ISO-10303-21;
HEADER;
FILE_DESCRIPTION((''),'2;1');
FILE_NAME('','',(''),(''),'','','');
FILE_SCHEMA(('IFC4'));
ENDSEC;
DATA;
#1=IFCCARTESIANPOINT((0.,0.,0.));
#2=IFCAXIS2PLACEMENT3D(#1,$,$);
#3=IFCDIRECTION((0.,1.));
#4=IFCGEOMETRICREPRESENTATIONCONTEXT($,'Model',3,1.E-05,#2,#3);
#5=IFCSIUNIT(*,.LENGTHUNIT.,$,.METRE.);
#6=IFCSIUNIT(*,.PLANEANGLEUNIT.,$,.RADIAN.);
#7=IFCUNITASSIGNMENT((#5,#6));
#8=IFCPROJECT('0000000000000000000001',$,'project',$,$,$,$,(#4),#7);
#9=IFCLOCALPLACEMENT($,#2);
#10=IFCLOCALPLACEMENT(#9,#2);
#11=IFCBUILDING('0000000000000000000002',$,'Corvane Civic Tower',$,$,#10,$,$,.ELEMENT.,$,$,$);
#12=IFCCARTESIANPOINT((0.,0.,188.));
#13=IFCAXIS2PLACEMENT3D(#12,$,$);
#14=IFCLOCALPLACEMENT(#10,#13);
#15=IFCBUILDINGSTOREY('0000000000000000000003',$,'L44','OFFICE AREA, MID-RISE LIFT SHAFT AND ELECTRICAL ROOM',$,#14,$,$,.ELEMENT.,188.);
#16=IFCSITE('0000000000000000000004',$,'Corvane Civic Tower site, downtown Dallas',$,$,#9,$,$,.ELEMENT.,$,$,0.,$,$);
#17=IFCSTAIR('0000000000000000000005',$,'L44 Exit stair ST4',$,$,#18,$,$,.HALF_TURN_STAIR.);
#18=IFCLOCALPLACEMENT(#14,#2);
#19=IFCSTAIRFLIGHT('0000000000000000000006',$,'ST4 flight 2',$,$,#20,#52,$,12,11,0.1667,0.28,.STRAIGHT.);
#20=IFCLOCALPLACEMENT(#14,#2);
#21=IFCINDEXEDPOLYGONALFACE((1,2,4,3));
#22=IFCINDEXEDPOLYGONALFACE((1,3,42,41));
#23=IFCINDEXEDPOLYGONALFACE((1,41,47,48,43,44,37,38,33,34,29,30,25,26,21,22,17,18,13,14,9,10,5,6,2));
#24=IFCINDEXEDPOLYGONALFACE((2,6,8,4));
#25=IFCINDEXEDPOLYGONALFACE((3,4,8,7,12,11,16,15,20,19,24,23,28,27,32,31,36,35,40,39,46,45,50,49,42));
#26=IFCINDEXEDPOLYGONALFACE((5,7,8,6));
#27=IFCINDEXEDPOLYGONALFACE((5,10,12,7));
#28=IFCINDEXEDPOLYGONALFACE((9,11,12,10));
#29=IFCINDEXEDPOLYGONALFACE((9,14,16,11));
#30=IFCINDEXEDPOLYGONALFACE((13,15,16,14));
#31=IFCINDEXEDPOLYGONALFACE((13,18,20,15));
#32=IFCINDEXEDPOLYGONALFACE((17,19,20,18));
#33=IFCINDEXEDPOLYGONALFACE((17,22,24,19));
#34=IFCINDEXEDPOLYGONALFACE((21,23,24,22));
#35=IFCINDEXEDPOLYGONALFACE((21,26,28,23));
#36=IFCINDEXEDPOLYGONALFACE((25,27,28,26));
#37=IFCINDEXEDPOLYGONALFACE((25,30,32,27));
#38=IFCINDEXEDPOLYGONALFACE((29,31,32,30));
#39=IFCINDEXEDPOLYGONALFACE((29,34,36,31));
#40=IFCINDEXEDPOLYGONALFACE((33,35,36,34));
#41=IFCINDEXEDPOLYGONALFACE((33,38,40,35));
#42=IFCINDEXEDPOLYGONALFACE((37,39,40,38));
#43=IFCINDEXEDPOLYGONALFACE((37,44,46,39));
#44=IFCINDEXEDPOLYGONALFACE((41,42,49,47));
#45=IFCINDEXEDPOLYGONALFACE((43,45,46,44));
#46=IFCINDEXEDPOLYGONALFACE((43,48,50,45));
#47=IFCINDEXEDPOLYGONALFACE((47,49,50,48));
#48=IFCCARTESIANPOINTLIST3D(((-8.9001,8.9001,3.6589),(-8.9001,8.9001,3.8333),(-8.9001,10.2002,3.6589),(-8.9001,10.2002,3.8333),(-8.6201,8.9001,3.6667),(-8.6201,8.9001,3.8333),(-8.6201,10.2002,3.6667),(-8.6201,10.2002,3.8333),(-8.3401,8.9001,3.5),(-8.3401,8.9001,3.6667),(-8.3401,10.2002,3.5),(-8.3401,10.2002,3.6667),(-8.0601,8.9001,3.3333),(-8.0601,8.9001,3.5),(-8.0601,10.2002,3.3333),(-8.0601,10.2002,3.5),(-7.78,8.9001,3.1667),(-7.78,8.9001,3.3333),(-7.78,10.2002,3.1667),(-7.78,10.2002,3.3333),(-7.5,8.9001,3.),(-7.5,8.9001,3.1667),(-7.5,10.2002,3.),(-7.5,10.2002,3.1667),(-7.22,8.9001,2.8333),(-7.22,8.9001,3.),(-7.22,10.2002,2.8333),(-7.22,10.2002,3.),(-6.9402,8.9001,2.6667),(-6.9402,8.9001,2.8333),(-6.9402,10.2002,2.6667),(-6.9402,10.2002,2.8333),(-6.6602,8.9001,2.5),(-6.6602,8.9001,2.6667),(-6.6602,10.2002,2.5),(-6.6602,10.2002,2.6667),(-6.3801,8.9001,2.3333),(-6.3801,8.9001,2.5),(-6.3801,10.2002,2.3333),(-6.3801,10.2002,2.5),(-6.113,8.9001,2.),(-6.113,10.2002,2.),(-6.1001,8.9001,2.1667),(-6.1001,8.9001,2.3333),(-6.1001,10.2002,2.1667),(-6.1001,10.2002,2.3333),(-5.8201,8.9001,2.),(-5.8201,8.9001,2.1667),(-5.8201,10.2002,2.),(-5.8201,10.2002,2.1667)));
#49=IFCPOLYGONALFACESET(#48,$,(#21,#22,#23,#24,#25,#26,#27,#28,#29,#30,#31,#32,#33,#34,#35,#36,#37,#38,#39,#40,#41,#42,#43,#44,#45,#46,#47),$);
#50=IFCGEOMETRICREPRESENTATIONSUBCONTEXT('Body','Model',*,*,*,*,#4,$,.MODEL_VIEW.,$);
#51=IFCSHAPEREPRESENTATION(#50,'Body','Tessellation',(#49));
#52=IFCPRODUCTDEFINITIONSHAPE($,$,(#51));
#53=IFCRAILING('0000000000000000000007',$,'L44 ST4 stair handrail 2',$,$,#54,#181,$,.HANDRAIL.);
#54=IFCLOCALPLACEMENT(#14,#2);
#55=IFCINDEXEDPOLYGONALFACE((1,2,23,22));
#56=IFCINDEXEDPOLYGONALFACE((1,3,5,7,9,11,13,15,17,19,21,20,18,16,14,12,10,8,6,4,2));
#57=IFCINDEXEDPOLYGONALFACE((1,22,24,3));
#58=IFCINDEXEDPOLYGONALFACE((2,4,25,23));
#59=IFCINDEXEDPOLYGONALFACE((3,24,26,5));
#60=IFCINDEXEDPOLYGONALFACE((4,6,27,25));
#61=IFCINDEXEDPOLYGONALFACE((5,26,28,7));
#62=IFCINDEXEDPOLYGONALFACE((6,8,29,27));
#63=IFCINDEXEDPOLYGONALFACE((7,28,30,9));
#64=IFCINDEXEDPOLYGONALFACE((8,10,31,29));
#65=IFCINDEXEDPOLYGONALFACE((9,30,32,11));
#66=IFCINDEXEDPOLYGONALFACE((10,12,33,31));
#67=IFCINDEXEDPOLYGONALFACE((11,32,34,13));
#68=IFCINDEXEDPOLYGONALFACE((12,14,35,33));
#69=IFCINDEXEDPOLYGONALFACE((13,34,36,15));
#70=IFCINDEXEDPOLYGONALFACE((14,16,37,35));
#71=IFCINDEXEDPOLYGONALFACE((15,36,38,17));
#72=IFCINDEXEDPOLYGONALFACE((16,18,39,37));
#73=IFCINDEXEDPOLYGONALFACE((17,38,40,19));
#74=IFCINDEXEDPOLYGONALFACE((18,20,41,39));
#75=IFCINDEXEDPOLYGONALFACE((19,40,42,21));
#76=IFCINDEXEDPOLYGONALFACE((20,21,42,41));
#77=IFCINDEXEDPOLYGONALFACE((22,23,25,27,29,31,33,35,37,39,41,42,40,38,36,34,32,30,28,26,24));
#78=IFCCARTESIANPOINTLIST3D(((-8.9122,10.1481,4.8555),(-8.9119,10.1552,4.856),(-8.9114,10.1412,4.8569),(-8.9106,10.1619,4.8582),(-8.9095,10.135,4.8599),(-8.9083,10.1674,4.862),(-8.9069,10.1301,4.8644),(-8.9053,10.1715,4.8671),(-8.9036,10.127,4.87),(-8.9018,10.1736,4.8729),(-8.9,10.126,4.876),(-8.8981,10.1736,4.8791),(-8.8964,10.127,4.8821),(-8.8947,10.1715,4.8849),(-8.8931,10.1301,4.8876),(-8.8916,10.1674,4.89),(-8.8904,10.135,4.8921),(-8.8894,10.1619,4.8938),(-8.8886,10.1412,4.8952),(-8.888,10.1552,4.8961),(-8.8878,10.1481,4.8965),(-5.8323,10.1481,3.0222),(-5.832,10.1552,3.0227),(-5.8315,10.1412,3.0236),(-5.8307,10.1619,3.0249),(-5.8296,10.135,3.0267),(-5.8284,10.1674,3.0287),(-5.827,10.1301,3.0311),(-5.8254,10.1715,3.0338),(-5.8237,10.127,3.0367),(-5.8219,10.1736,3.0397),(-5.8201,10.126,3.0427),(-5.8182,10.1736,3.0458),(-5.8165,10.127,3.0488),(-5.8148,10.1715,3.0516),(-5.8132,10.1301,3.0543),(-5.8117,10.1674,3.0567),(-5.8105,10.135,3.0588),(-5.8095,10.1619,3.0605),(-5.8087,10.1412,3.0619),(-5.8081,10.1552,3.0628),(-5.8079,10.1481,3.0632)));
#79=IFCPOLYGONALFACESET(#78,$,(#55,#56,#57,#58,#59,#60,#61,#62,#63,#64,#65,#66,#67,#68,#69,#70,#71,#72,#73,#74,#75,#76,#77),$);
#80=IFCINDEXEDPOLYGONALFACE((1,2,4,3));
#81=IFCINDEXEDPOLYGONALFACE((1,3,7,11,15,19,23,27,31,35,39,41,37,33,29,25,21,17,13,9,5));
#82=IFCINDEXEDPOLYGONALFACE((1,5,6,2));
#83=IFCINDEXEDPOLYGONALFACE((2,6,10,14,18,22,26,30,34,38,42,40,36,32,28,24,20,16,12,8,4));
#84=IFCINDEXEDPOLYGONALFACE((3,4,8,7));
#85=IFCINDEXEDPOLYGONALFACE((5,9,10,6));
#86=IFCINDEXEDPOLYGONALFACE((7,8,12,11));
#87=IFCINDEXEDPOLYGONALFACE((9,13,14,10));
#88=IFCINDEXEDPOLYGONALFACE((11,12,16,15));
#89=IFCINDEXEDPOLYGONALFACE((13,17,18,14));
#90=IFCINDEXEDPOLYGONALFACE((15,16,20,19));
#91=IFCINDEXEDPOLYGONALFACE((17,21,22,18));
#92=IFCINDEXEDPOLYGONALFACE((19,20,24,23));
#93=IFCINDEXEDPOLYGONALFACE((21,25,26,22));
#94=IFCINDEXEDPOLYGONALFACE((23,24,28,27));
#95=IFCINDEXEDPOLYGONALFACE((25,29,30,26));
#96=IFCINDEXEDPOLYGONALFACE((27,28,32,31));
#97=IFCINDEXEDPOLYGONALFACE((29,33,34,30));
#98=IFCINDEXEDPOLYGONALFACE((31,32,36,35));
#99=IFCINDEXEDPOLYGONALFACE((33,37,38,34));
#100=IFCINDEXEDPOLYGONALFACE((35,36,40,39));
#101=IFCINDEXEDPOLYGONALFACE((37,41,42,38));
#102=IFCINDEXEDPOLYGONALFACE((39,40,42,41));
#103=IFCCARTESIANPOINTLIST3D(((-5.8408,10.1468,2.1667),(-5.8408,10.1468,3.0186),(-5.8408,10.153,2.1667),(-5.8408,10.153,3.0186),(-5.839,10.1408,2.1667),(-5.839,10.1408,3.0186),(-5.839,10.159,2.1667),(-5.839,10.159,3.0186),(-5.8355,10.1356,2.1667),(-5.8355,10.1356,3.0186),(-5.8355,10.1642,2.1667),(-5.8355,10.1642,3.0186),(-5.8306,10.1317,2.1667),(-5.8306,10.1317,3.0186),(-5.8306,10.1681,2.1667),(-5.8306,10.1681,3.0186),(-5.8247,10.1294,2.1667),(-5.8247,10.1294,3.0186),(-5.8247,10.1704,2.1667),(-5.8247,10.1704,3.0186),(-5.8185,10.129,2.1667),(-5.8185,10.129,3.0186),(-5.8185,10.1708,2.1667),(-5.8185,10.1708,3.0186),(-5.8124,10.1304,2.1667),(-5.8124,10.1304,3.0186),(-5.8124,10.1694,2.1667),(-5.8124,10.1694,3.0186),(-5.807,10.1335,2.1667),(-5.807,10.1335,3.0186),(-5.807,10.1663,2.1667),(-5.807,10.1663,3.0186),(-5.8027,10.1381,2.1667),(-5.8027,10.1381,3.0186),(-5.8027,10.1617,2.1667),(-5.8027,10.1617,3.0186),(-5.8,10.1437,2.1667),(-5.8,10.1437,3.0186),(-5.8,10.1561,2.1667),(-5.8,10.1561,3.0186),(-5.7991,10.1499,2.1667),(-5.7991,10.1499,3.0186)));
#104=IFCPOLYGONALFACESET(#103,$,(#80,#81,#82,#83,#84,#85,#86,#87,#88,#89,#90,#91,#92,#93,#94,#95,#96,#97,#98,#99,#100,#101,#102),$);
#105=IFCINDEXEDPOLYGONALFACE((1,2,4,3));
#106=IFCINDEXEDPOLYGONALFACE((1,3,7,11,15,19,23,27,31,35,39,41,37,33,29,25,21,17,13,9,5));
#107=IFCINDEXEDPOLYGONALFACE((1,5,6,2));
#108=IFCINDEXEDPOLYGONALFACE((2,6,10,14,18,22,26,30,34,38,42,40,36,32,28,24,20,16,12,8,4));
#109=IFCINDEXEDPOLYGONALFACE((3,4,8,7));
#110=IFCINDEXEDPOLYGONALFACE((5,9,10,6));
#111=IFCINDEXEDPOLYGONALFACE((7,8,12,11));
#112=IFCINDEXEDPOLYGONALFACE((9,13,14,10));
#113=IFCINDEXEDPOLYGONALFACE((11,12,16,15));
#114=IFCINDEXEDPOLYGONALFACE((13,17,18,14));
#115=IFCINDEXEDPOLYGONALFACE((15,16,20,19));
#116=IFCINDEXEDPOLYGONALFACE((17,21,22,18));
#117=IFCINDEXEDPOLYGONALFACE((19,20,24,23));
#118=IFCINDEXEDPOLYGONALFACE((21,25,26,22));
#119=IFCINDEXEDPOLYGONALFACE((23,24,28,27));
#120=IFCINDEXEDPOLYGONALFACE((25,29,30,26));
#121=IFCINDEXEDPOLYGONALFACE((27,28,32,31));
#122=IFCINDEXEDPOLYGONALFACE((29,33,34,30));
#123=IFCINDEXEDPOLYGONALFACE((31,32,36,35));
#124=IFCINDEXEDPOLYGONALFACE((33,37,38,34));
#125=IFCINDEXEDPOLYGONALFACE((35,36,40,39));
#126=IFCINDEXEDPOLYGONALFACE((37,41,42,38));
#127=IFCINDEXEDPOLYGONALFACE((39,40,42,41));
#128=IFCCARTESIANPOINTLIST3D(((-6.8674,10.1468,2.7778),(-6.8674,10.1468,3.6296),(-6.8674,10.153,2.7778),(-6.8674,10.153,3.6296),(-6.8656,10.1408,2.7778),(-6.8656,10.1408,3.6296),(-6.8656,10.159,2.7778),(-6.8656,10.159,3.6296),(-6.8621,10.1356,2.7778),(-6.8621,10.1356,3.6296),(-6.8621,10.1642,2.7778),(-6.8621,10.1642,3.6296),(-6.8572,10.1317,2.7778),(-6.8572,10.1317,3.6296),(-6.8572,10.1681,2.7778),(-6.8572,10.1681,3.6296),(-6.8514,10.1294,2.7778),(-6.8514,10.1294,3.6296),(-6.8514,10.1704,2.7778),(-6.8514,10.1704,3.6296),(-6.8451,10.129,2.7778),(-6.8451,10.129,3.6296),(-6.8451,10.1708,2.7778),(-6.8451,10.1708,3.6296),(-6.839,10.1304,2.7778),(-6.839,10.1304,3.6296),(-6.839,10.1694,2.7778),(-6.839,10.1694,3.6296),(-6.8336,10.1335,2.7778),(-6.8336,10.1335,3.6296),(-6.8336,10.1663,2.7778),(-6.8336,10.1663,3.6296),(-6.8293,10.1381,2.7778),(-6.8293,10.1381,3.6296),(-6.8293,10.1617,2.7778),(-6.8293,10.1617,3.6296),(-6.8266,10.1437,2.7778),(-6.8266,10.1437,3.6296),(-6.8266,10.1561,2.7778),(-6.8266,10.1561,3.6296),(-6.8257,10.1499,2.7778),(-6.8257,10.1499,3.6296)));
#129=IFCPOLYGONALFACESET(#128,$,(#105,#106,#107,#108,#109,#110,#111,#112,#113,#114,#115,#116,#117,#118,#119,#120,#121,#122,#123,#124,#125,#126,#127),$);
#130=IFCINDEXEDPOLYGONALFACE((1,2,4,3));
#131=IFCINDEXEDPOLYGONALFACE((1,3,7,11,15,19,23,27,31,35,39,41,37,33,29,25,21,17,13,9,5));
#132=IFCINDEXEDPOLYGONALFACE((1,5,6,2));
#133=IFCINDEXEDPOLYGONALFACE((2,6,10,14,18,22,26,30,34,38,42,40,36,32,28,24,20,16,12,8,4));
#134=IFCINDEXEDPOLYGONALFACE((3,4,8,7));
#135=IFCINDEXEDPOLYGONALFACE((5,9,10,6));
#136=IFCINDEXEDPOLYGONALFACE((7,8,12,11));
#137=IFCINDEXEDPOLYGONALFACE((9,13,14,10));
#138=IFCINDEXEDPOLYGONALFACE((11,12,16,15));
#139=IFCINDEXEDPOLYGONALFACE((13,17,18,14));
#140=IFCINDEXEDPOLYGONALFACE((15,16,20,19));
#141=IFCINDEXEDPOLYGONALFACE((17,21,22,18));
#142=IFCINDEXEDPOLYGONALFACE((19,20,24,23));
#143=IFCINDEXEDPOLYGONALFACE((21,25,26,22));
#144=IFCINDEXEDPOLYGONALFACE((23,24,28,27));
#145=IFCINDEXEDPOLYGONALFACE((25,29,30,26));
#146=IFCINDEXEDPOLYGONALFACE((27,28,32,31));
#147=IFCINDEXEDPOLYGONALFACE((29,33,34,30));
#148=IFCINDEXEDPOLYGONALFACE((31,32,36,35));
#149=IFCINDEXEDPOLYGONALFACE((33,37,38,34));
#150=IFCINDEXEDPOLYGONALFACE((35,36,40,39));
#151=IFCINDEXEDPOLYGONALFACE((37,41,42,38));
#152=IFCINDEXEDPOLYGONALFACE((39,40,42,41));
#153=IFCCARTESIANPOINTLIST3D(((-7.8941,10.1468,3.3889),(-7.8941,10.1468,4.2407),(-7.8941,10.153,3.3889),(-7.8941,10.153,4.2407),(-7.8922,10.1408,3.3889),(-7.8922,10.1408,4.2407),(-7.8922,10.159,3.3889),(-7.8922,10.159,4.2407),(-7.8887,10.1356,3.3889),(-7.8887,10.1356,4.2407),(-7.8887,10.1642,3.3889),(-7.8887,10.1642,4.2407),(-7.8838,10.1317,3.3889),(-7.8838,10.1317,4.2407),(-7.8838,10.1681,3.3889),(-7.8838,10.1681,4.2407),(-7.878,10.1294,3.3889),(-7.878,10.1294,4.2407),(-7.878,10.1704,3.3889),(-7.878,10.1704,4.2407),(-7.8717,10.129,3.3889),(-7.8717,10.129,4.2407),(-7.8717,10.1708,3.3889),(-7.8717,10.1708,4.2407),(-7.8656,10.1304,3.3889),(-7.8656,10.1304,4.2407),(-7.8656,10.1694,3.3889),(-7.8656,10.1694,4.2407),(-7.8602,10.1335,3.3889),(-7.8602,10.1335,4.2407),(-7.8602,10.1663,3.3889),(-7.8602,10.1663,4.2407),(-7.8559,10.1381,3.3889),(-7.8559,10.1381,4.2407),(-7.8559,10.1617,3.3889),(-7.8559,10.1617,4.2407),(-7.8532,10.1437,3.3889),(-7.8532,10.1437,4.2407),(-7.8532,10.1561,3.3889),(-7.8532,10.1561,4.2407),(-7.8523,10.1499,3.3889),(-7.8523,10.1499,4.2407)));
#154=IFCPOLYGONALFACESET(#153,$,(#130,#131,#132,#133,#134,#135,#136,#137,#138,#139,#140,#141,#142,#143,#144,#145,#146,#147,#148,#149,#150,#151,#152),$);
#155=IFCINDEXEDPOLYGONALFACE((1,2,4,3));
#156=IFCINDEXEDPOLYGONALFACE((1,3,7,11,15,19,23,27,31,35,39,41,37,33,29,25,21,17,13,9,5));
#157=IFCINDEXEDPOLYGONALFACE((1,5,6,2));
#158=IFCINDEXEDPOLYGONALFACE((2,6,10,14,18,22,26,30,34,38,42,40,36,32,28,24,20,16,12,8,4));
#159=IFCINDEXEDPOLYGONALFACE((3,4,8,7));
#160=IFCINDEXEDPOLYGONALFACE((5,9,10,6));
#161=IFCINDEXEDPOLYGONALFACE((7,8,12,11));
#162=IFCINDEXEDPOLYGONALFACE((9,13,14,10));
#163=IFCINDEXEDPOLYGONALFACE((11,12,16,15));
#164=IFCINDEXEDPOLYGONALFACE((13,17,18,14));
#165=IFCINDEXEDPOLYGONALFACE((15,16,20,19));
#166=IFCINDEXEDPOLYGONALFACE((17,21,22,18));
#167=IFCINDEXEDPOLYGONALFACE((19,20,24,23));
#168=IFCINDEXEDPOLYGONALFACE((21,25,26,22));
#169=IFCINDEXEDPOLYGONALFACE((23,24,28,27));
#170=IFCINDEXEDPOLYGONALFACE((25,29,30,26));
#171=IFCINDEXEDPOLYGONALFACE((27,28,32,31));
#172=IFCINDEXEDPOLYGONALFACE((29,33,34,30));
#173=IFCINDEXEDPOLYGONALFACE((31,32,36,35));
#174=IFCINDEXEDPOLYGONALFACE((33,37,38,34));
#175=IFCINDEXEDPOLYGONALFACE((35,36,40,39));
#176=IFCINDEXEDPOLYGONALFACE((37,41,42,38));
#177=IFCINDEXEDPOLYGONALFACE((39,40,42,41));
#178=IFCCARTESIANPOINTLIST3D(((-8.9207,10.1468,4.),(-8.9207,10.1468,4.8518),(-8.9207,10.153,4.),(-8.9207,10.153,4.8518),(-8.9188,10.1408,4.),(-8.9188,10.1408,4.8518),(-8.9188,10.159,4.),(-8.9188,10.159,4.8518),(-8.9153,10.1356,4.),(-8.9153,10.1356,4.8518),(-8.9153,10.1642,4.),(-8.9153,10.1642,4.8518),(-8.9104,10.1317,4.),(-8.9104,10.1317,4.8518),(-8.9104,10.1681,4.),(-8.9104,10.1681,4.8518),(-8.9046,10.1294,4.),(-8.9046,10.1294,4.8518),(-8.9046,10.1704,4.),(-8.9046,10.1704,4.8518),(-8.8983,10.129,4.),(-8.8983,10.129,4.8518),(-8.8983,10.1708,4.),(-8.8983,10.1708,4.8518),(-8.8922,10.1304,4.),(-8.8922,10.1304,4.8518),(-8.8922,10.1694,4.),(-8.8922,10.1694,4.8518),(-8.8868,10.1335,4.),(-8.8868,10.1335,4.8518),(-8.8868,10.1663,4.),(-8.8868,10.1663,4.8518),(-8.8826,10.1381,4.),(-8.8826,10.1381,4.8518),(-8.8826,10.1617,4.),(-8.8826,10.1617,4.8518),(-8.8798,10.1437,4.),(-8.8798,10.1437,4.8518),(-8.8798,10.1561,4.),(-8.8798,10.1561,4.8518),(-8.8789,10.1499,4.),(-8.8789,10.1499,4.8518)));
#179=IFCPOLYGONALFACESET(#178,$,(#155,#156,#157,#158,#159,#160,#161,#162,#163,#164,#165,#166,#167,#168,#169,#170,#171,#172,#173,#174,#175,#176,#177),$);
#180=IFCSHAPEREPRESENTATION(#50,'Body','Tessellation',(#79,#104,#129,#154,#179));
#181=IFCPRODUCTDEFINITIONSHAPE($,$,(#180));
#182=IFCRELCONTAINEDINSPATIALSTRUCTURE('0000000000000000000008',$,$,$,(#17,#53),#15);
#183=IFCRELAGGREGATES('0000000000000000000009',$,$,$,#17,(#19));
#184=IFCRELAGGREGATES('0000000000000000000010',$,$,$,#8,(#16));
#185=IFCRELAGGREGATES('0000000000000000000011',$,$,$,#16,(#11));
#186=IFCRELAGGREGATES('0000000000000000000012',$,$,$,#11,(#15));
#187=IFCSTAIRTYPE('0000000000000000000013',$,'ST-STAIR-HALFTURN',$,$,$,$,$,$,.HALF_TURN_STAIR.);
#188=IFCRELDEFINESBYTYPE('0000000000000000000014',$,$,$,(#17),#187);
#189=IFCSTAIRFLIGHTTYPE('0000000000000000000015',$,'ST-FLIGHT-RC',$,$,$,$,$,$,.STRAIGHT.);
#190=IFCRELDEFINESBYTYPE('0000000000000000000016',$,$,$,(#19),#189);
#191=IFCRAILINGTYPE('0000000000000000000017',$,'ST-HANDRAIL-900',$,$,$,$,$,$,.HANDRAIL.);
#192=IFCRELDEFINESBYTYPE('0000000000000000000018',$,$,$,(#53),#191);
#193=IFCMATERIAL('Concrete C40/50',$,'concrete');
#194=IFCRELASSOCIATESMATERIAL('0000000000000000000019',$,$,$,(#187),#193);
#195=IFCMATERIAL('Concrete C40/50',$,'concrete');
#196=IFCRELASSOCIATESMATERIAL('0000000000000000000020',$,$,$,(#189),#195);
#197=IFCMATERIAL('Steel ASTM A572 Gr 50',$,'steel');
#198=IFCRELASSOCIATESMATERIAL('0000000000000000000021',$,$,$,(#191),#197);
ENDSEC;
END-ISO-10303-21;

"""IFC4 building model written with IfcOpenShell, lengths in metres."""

from ifc_helpers import new_model, si_unit, direction, frame, origin, origin_2d, place, context, subcontext, project, spatial, polyline, circle, outline, extrude, material, type_object, element, aggregate, save


model = new_model("IFC4")

# Units and contexts
model_context = context("Model", 3, precision=1e-05, world=origin(), true_north=direction((0.0, 1.0)))
body_context = subcontext(model_context, "Body", "Model", "MODEL_VIEW")
ifc_project = project(units=[si_unit("LENGTHUNIT", "METRE"), si_unit("PLANEANGLEUNIT", "RADIAN")], contexts=[model_context])

# Site, building, storey
site_placement = place(None, origin())
site = spatial("IfcSite", under=ifc_project, at=site_placement, Name="Corvane Civic Tower site, downtown Dallas", CompositionType="ELEMENT", RefElevation=0.0)
building_placement = place(site_placement, origin())
building = spatial("IfcBuilding", under=site, at=building_placement, Name="Corvane Civic Tower", CompositionType="ELEMENT")
storey_placement = place(building_placement, frame((0.0, 0.0, 188.0)))
storey = spatial("IfcBuildingStorey", under=building, at=storey_placement, Name="L44", Description="OFFICE AREA, MID-RISE LIFT SHAFT AND ELECTRICAL ROOM", CompositionType="ELEMENT", Elevation=188.0)

# Stair
ifc_material_1 = material(Name="Concrete C40/50", Category="concrete")
stair_type = type_object("IfcStairType", Name="ST-STAIR-HALFTURN", PredefinedType="HALF_TURN_STAIR", material=ifc_material_1)
stair_1_placement = place(storey_placement, origin())
stair_1 = element("IfcStair", 1, at=stair_1_placement, inside=storey, type_object=stair_type, Name="L44 Exit stair ST4", PredefinedType="HALF_TURN_STAIR")

# Stair flight
ifc_material_2 = material(Name="Concrete C40/50", Category="concrete")
stair_flight_type = type_object("IfcStairFlightType", Name="ST-FLIGHT-RC", PredefinedType="STRAIGHT", material=ifc_material_2)
stair_flight_1_placement = place(storey_placement, frame((-5.8201, 9.55, 2.0), z_axis=(0.0, 0.0, 1.0), x_axis=(-1.0, 0.0, 0.0)))
stair_flight_1 = element("IfcStairFlight", 2, at=stair_flight_1_placement, type_object=stair_flight_type, Name="ST4 flight 2", NumberOfRisers=12, NumberOfTreads=11, PredefinedType="STRAIGHT", RiserHeight=0.1667, TreadLength=0.28, context=body_context, shape_type="SweptSolid", body=[
    extrude(outline(polyline([(0.0, 0.0), (0.0, 0.1667), (0.28, 0.1667), (0.28, 0.3333), (0.5601, 0.3333), (0.5601, 0.5), (0.8401, 0.5), (0.8401, 0.6667), (1.1201, 0.6667), (1.1201, 0.8333), (1.3999, 0.8333), (1.3999, 1.0), (1.6799, 1.0), (1.6799, 1.1667), (1.96, 1.1667), (1.96, 1.3333), (2.24, 1.3333), (2.24, 1.5), (2.52, 1.5), (2.52, 1.6667), (2.8, 1.6667), (2.8, 1.8333), (3.0801, 1.8333), (3.0801, 2.0), (3.0801, 1.6589), (0.293, 0.0), (0.0, 0.0)])), frame((0.0, 0.6499, 0.0), z_axis=(0.0, -1.0, 0.0), x_axis=(1.0, 0.0, 0.0)), (0.0, 0.0, 1.0), 1.3),
])
aggregate(stair_1, [stair_flight_1])

# Railing
ifc_material_3 = material(Name="Steel ASTM A572 Gr 50", Category="steel")
railing_type = type_object("IfcRailingType", Name="ST-HANDRAIL-900", PredefinedType="HANDRAIL", material=ifc_material_3)
railing_placement = place(storey_placement, frame((-5.8201, 10.1499, 2.1667)))
element("IfcRailing", 3, at=railing_placement, inside=storey, type_object=railing_type, Name="L44 ST4 stair handrail 2", PredefinedType="HANDRAIL", context=body_context, shape_type="SweptSolid", body=[
    extrude(circle(Radius=0.0239, at=origin_2d()), frame((0.0, 0.0, 0.876), z_axis=(-0.859291, 0.0, 0.511487), x_axis=(0.0, -1.0, 0.0)), (0.0, 0.0, 1.0), 3.5842),
    extrude(circle(Radius=0.021, at=origin_2d()), origin(), (0.0, 0.0, 1.0), 0.8518),
    extrude(circle(Radius=0.021, at=origin_2d()), frame((-1.0266, 0.0, 0.6111)), (0.0, 0.0, 1.0), 0.8518),
    extrude(circle(Radius=0.021, at=origin_2d()), frame((-2.0532, 0.0, 1.2222)), (0.0, 0.0, 1.0), 0.8518),
    extrude(circle(Radius=0.021, at=origin_2d()), frame((-3.0798, 0.0, 1.8333)), (0.0, 0.0, 1.0), 0.8518),
])

save(model, "model.ifc")
